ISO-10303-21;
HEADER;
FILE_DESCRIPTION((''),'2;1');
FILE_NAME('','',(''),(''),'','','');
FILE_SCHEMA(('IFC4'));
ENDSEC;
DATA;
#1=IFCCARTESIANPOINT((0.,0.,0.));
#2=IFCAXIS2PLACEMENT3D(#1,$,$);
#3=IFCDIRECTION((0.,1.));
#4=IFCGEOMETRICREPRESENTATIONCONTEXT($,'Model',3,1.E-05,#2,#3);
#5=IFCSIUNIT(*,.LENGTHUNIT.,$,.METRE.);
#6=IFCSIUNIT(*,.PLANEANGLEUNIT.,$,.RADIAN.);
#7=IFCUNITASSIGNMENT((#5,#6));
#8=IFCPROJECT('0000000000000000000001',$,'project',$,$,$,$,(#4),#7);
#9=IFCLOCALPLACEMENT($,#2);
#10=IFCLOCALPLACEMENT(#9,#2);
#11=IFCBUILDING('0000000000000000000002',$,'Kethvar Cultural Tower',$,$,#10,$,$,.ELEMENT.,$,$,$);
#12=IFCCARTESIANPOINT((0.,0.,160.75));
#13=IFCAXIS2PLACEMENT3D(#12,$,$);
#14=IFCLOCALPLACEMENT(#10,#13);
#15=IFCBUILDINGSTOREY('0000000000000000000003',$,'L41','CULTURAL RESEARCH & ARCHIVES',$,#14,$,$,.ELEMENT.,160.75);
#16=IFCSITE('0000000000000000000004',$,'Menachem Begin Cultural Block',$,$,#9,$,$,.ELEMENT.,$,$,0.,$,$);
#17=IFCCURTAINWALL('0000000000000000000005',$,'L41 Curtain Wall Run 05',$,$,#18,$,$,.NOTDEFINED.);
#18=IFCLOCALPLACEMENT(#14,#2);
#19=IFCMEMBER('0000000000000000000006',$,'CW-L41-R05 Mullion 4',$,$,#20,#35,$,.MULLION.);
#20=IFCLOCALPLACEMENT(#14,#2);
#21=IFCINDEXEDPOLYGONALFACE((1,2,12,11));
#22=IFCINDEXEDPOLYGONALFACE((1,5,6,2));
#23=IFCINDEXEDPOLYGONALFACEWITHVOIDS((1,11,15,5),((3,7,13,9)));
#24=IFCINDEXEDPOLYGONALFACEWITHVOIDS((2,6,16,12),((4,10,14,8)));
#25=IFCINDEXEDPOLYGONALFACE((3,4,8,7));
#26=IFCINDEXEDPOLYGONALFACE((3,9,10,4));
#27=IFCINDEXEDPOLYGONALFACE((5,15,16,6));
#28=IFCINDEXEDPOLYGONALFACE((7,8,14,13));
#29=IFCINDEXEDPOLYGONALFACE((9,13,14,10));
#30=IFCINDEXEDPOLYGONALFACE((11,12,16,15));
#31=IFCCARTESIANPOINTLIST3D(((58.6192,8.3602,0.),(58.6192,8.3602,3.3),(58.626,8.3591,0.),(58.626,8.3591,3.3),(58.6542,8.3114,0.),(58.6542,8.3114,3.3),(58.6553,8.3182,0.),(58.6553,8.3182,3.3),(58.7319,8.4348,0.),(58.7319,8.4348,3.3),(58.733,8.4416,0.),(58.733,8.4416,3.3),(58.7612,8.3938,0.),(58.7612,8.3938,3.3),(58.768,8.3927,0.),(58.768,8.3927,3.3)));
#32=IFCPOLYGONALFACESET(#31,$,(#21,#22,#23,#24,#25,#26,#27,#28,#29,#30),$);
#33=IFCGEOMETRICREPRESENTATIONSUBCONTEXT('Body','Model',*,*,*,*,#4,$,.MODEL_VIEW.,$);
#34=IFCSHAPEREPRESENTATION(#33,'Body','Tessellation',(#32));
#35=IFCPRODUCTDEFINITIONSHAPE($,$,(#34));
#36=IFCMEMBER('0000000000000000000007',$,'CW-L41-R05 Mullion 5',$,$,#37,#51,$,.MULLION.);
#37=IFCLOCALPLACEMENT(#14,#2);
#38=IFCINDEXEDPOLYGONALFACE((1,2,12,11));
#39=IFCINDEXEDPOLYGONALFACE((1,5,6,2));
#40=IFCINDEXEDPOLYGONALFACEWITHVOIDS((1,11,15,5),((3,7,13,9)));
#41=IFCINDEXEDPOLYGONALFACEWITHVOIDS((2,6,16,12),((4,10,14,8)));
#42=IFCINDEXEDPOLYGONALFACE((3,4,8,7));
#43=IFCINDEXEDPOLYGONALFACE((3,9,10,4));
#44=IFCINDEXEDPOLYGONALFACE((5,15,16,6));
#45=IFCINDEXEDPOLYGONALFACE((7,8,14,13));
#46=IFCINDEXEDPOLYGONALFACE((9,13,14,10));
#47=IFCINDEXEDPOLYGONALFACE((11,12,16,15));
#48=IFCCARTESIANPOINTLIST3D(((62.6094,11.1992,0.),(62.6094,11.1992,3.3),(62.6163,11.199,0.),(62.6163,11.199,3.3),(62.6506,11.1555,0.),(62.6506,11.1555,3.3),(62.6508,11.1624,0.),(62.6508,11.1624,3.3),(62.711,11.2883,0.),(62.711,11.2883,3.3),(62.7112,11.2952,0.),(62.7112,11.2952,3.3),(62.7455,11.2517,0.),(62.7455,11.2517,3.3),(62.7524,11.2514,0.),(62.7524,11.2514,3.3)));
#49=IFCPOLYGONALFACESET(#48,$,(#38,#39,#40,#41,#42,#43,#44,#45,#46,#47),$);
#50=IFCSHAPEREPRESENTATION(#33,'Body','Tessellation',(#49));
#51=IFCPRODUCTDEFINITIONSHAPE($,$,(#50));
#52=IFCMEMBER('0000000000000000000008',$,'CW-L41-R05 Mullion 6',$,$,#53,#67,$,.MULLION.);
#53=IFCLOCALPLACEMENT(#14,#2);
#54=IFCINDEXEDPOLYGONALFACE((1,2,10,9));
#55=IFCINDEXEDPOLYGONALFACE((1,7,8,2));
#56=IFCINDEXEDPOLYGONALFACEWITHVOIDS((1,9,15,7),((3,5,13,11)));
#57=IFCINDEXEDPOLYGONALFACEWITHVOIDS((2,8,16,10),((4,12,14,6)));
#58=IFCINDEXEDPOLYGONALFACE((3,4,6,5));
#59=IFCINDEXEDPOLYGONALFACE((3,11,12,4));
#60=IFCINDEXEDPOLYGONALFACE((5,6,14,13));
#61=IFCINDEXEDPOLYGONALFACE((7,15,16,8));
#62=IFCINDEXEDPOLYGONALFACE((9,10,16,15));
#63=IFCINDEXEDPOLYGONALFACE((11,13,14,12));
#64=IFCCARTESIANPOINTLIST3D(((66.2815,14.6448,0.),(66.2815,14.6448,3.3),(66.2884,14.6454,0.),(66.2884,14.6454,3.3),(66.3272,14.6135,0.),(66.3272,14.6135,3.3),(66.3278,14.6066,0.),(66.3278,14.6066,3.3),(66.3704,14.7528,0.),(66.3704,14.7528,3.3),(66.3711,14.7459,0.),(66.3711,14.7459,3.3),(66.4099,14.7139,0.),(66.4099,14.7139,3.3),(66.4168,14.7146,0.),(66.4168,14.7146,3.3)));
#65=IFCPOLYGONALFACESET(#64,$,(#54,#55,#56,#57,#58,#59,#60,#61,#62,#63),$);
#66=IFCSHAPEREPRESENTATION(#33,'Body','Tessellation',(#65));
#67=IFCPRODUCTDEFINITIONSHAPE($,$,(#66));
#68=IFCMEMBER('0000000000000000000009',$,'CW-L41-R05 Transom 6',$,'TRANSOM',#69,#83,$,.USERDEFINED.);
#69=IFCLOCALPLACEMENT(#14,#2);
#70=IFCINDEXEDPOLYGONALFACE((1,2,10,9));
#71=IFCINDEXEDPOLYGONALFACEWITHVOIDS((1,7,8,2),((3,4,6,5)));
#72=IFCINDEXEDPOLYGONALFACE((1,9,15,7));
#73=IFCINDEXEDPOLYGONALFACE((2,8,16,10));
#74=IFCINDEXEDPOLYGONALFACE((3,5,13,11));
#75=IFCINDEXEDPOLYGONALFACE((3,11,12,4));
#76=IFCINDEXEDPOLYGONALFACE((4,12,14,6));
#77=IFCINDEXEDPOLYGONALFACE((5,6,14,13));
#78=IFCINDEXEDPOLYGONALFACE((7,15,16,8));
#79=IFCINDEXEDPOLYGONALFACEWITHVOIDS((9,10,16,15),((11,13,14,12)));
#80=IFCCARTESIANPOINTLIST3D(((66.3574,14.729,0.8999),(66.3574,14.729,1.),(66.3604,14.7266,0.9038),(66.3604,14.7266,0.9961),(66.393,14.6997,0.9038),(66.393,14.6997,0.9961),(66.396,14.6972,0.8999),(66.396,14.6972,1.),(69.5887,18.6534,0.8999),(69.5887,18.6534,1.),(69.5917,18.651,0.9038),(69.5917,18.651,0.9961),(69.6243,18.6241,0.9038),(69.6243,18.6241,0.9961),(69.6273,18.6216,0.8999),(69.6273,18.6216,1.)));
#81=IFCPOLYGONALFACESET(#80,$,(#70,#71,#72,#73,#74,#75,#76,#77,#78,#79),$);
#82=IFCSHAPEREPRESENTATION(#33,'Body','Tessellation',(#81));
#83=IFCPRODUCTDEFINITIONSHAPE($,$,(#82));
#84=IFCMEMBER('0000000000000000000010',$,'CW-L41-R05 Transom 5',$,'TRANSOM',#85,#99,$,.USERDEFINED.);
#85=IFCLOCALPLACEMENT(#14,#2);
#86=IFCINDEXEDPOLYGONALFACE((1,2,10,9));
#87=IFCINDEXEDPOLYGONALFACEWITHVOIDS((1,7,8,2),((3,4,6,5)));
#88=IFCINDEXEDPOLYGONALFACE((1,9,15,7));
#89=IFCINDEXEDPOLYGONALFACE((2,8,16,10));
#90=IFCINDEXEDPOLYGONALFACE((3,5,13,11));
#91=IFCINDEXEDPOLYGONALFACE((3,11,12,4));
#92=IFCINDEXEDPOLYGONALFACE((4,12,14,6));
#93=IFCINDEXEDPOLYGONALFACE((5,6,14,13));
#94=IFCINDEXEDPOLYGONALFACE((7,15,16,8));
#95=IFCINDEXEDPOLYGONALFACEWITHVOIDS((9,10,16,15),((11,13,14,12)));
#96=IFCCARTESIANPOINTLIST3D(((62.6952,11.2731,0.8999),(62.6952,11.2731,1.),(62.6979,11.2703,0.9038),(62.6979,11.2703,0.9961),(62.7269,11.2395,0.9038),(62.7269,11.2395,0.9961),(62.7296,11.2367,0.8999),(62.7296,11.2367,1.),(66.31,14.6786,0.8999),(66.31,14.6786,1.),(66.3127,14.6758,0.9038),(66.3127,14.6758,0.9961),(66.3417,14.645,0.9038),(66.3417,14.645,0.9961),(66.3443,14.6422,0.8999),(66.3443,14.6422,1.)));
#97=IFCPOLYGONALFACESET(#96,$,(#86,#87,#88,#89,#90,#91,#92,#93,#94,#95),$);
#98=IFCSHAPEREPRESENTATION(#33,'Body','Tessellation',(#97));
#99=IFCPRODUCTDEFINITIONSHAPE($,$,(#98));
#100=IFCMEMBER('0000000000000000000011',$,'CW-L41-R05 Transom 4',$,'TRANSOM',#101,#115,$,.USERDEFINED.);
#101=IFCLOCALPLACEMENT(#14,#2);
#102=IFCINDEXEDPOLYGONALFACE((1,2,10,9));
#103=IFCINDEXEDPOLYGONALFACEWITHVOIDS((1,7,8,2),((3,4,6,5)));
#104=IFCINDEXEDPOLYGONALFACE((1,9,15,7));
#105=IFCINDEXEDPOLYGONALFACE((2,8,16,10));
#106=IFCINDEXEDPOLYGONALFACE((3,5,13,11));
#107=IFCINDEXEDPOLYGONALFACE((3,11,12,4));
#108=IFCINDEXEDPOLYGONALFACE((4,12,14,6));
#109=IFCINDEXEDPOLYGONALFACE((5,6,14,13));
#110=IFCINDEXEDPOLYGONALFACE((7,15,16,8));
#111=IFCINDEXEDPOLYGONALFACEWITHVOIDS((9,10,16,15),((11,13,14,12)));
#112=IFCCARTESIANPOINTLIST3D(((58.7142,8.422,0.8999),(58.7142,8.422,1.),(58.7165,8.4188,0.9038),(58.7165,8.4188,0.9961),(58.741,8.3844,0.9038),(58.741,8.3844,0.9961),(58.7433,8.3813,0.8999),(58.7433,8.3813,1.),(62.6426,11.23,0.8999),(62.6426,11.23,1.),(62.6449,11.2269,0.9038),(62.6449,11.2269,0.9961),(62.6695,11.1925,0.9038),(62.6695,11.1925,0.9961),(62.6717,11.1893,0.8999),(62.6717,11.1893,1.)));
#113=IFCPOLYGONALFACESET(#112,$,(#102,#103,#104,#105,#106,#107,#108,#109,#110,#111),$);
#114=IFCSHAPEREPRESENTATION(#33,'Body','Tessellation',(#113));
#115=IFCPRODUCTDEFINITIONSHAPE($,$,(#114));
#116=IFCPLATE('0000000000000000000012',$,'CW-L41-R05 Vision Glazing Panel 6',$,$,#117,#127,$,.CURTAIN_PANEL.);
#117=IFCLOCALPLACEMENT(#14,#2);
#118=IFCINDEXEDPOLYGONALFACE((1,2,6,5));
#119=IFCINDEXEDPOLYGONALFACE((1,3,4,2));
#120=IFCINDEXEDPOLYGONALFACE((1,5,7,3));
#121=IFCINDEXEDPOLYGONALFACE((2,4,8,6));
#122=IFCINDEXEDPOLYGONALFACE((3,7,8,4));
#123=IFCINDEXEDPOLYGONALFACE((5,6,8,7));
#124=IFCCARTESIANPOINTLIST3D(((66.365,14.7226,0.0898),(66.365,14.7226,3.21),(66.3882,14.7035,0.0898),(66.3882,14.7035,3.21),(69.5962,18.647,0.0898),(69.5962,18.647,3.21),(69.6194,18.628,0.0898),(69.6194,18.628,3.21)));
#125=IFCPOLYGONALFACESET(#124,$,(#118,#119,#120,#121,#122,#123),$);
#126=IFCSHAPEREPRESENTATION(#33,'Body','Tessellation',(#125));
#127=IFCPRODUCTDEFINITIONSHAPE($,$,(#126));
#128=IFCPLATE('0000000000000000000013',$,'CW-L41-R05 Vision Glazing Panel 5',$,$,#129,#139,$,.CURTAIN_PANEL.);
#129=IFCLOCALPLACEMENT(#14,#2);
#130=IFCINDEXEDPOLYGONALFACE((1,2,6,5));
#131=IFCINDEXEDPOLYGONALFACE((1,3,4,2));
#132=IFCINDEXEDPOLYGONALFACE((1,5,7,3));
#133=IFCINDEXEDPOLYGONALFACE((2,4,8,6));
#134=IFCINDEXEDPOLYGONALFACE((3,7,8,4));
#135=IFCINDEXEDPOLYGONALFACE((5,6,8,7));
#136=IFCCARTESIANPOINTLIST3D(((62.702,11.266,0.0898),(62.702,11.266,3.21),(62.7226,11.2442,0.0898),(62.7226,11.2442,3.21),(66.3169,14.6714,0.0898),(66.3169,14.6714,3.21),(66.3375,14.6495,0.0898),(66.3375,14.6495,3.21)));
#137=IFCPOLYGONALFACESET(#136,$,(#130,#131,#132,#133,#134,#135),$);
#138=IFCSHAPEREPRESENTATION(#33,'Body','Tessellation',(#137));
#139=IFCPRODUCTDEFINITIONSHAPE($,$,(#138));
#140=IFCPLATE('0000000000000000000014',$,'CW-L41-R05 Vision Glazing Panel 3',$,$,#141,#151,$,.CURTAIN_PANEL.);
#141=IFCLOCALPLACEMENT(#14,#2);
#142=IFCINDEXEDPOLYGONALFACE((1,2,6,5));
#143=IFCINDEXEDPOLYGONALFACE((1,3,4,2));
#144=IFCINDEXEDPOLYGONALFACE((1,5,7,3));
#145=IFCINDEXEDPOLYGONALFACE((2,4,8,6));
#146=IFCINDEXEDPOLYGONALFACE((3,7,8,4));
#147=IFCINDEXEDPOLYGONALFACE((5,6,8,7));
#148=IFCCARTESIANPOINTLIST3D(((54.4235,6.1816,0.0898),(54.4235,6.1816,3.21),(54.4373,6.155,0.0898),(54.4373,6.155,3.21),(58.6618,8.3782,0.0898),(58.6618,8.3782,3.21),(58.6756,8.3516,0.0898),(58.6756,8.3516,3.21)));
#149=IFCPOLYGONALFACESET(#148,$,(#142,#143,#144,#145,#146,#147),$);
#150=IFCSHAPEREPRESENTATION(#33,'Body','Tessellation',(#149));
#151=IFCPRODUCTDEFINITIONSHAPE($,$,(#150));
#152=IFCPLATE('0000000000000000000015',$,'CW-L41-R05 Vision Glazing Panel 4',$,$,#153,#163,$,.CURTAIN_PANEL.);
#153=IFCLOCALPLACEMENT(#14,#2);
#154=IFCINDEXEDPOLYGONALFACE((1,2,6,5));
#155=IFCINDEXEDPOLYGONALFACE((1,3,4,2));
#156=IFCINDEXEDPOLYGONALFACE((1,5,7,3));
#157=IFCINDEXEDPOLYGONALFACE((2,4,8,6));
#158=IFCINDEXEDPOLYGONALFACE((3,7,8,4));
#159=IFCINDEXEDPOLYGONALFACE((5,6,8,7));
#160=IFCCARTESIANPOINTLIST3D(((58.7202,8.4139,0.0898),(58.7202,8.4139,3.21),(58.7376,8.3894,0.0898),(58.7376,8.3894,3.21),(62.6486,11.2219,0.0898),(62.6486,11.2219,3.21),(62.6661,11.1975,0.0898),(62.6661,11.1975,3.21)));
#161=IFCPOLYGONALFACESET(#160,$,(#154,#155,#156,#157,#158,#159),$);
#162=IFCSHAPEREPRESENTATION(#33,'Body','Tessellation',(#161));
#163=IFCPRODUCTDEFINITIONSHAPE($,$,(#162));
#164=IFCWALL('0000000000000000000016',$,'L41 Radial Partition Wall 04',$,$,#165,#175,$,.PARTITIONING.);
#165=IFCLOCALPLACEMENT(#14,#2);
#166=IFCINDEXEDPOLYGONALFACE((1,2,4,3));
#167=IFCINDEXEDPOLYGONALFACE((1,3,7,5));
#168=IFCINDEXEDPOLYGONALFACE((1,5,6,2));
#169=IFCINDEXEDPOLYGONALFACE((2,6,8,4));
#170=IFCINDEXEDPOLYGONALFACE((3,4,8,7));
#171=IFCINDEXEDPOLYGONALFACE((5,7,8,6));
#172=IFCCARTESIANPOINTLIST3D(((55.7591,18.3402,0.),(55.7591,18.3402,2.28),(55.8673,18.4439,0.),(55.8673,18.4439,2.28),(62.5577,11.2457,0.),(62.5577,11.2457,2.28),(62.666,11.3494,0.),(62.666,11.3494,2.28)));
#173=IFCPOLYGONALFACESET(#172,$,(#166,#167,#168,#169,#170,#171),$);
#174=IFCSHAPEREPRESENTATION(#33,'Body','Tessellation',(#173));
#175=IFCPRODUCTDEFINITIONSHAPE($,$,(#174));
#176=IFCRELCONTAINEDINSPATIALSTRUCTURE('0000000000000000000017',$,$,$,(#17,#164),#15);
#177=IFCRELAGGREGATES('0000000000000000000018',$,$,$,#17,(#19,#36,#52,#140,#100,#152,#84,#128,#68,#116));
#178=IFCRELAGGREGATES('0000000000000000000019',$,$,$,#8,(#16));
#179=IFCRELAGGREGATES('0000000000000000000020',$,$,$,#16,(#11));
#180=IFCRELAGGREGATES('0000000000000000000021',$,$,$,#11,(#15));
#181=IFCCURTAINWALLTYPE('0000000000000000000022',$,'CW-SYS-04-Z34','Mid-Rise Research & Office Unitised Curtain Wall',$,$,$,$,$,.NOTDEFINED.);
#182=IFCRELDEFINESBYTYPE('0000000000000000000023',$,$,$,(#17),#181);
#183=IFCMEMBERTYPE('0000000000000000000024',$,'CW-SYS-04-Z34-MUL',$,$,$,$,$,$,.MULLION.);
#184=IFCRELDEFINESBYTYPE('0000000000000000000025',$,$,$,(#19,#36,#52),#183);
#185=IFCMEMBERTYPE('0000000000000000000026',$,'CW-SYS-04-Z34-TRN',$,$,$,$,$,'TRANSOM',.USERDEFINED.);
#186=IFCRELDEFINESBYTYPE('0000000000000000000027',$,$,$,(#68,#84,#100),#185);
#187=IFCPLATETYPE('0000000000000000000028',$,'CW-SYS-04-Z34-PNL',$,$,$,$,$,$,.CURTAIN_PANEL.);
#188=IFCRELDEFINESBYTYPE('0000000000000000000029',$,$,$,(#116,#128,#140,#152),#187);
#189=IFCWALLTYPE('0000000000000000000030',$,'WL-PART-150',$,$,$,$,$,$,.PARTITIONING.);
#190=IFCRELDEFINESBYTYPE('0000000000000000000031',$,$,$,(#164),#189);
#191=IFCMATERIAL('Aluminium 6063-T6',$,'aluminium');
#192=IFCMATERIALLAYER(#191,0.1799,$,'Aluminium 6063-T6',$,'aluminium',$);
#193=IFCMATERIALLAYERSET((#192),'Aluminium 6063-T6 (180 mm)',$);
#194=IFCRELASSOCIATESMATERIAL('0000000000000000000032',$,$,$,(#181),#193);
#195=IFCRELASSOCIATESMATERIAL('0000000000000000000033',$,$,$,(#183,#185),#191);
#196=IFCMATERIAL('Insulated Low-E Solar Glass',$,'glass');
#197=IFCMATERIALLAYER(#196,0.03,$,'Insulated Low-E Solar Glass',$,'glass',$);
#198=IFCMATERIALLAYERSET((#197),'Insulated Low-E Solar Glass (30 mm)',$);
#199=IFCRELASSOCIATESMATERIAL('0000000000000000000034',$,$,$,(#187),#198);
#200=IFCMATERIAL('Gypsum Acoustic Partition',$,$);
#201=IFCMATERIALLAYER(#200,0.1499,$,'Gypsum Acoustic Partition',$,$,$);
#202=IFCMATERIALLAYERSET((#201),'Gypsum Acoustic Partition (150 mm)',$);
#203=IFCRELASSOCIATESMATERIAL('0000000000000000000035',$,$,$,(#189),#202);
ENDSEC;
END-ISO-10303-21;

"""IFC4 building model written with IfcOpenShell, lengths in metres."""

from ifc_helpers import new_model, si_unit, direction, frame, frame_2d, origin, origin_2d, place, context, subcontext, project, spatial, rectangle, hollow_rectangle, extrude, source, transform, mapped, material, layer, layer_set, material_profile, profile_set, type_object, element, aggregate, save


model = new_model("IFC4")

# Units and contexts
model_context = context("Model", 3, precision=1e-05, world=origin(), true_north=direction((0.0, 1.0)))
body_context = subcontext(model_context, "Body", "Model", "MODEL_VIEW")
ifc_project = project(units=[si_unit("LENGTHUNIT", "METRE"), si_unit("PLANEANGLEUNIT", "RADIAN")], contexts=[model_context])

# Site, building, storey
site_placement = place(None, origin())
site = spatial("IfcSite", under=ifc_project, at=site_placement, Name="Menachem Begin Cultural Block", CompositionType="ELEMENT", RefElevation=0.0)
building_placement = place(site_placement, origin())
building = spatial("IfcBuilding", under=site, at=building_placement, Name="Kethvar Cultural Tower", CompositionType="ELEMENT")
storey_placement = place(building_placement, frame((0.0, 0.0, 160.75)))
storey = spatial("IfcBuildingStorey", under=building, at=storey_placement, Name="L41", Description="CULTURAL RESEARCH & ARCHIVES", CompositionType="ELEMENT", Elevation=160.75)

# Curtain wall, members, plates
ifc_material_1 = material(Name="Aluminium 6063-T6", Category="aluminium")
ifc_layer_1 = layer(ifc_material_1, 0.1799, Name="Aluminium 6063-T6", Category="aluminium")
ifc_layer_set_1 = layer_set([ifc_layer_1], Name="Aluminium 6063-T6 (180 mm)")
curtain_wall_type = type_object("IfcCurtainWallType", Name="CW-SYS-04-Z34", Description="Mid-Rise Research & Office Unitised Curtain Wall", PredefinedType="NOTDEFINED", material=ifc_layer_set_1)
curtain_wall_placement = place(storey_placement, origin())
curtain_wall = element("IfcCurtainWall", 1, at=curtain_wall_placement, inside=storey, type_object=curtain_wall_type, Name="L41 Curtain Wall Run 05", PredefinedType="NOTDEFINED")
ifc_material_profile_1 = material_profile(ifc_material_1, hollow_rectangle(XDim=0.0601, YDim=0.1399, WallThickness=0.0049, at=origin_2d()), Name="Aluminium 6063-T6 — RHS140x60x5")
ifc_profile_set_1 = profile_set([ifc_material_profile_1], Name="Aluminium 6063-T6 — RHS140x60x5")
member_type_1 = type_object("IfcMemberType", Name="CW-SYS-04-Z34-MUL", PredefinedType="MULLION", material=ifc_profile_set_1)
shared_shape_1 = source(origin(), body_context, "Body", "SweptSolid", [
    extrude(hollow_rectangle(XDim=0.0601, YDim=0.1399, WallThickness=0.0049, at=origin_2d()), origin(), (0.0, 0.0, 1.0), 3.3),
])
member_1_placement = place(storey_placement, frame((58.6936, 8.3765, 0.0), z_axis=(0.0, 0.0, 1.0), x_axis=(-0.581513, 0.813537, 0.0)))
member_1 = element("IfcMember", 2, at=member_1_placement, type_object=member_type_1, Name="CW-L41-R05 Mullion 4", PredefinedType="MULLION", context=body_context, shape_type="MappedRepresentation", body=[
    mapped(shared_shape_1, transform((0.0, 0.0, 0.0), scale=1.0)),
])
member_2_placement = place(storey_placement, frame((62.6809, 11.2253, 0.0), z_axis=(0.0, 0.0, 1.0), x_axis=(-0.685691, 0.727892, 0.0)))
member_2 = element("IfcMember", 3, at=member_2_placement, type_object=member_type_1, Name="CW-L41-R05 Mullion 5", PredefinedType="MULLION", context=body_context, shape_type="MappedRepresentation", body=[
    mapped(shared_shape_1, transform((0.0, 0.0, 0.0), scale=1.0)),
])
member_3_placement = place(storey_placement, frame((66.3491, 14.6797, 0.0), z_axis=(0.0, 0.0, 1.0), x_axis=(-0.771991, 0.635634, 0.0)))
member_3 = element("IfcMember", 4, at=member_3_placement, type_object=member_type_1, Name="CW-L41-R05 Mullion 6", PredefinedType="MULLION", context=body_context, shape_type="MappedRepresentation", body=[
    mapped(shared_shape_1, transform((0.0, 0.0, 0.0), scale=1.0)),
])
ifc_material_profile_2 = material_profile(ifc_material_1, hollow_rectangle(XDim=0.05, YDim=0.1001, WallThickness=0.0039, at=origin_2d()), Name="Aluminium 6063-T6 — RHS100x50x4")
ifc_profile_set_2 = profile_set([ifc_material_profile_2], Name="Aluminium 6063-T6 — RHS100x50x4")
member_type_2 = type_object("IfcMemberType", Name="CW-SYS-04-Z34-TRN", ElementType="TRANSOM", PredefinedType="USERDEFINED", material=ifc_profile_set_2)
shared_shape_2 = source(origin(), body_context, "Body", "SweptSolid", [
    extrude(hollow_rectangle(XDim=0.05, YDim=0.1001, WallThickness=0.0039, at=origin_2d()), origin(), (0.0, 0.0, 1.0), 5.0835),
])
member_4_placement = place(storey_placement, frame((66.3767, 14.7131, 0.95), z_axis=(0.635638, 0.771987, 0.0), x_axis=(-0.771987, 0.635638, 0.0)))
member_4 = element("IfcMember", 5, at=member_4_placement, type_object=member_type_2, Name="CW-L41-R05 Transom 6", ObjectType="TRANSOM", PredefinedType="USERDEFINED", context=body_context, shape_type="MappedRepresentation", body=[
    mapped(shared_shape_2, transform((0.0, 0.0, 0.0), scale=1.0)),
])
shared_shape_3 = source(origin(), body_context, "Body", "SweptSolid", [
    extrude(hollow_rectangle(XDim=0.05, YDim=0.1001, WallThickness=0.0039, at=origin_2d()), origin(), (0.0, 0.0, 1.0), 4.9663),
])
member_5_placement = place(storey_placement, frame((62.7124, 11.2549, 0.95), z_axis=(0.727858, 0.685728, 0.0), x_axis=(-0.685728, 0.727858, 0.0)))
member_5 = element("IfcMember", 6, at=member_5_placement, type_object=member_type_2, Name="CW-L41-R05 Transom 5", ObjectType="TRANSOM", PredefinedType="USERDEFINED", context=body_context, shape_type="MappedRepresentation", body=[
    mapped(shared_shape_3, transform((0.0, 0.0, 0.0), scale=1.0)),
])
shared_shape_4 = source(origin(), body_context, "Body", "SweptSolid", [
    extrude(hollow_rectangle(XDim=0.05, YDim=0.1001, WallThickness=0.0039, at=origin_2d()), origin(), (0.0, 0.0, 1.0), 4.8289),
])
member_6_placement = place(storey_placement, frame((58.7288, 8.4016, 0.95), z_axis=(0.813532, 0.58152, 0.0), x_axis=(-0.58152, 0.813532, 0.0)))
member_6 = element("IfcMember", 7, at=member_6_placement, type_object=member_type_2, Name="CW-L41-R05 Transom 4", ObjectType="TRANSOM", PredefinedType="USERDEFINED", context=body_context, shape_type="MappedRepresentation", body=[
    mapped(shared_shape_4, transform((0.0, 0.0, 0.0), scale=1.0)),
])
ifc_material_2 = material(Name="Insulated Low-E Solar Glass", Category="glass")
ifc_layer_2 = layer(ifc_material_2, 0.03, Name="Insulated Low-E Solar Glass", Category="glass")
ifc_layer_set_2 = layer_set([ifc_layer_2], Name="Insulated Low-E Solar Glass (30 mm)")
plate_type = type_object("IfcPlateType", Name="CW-SYS-04-Z34-PNL", PredefinedType="CURTAIN_PANEL", material=ifc_layer_set_2)
shared_shape_5 = source(origin(), body_context, "Body", "SweptSolid", [
    extrude(rectangle(XDim=5.0835, YDim=0.03, at=origin_2d()), origin(), (0.0, 0.0, 1.0), 3.1201),
])
plate_1_placement = place(storey_placement, frame((67.9922, 16.6753, 0.0898), z_axis=(0.0, 0.0, 1.0), x_axis=(0.635634, 0.771991, 0.0)))
plate_1 = element("IfcPlate", 8, at=plate_1_placement, type_object=plate_type, Name="CW-L41-R05 Vision Glazing Panel 6", PredefinedType="CURTAIN_PANEL", context=body_context, shape_type="MappedRepresentation", body=[
    mapped(shared_shape_5, transform((0.0, 0.0, 0.0), scale=1.0)),
])
shared_shape_6 = source(origin(), body_context, "Body", "SweptSolid", [
    extrude(rectangle(XDim=4.9663, YDim=0.03, at=origin_2d()), origin(), (0.0, 0.0, 1.0), 3.1201),
])
plate_2_placement = place(storey_placement, frame((64.5198, 12.9578, 0.0898), z_axis=(0.0, 0.0, 1.0), x_axis=(0.727892, 0.685691, 0.0)))
plate_2 = element("IfcPlate", 9, at=plate_2_placement, type_object=plate_type, Name="CW-L41-R05 Vision Glazing Panel 5", PredefinedType="CURTAIN_PANEL", context=body_context, shape_type="MappedRepresentation", body=[
    mapped(shared_shape_6, transform((0.0, 0.0, 0.0), scale=1.0)),
])
shared_shape_7 = source(origin(), body_context, "Body", "SweptSolid", [
    extrude(rectangle(XDim=4.7737, YDim=0.03, at=origin_2d()), origin(), (0.0, 0.0, 1.0), 3.1201),
])
plate_3_placement = place(storey_placement, frame((56.5496, 7.2666, 0.0898), z_axis=(0.0, 0.0, 1.0), x_axis=(0.887839, 0.460153, 0.0)))
plate_3 = element("IfcPlate", 10, at=plate_3_placement, type_object=plate_type, Name="CW-L41-R05 Vision Glazing Panel 3", PredefinedType="CURTAIN_PANEL", context=body_context, shape_type="MappedRepresentation", body=[
    mapped(shared_shape_7, transform((0.0, 0.0, 0.0), scale=1.0)),
])
shared_shape_8 = source(origin(), body_context, "Body", "SweptSolid", [
    extrude(rectangle(XDim=4.8289, YDim=0.03, at=origin_2d()), origin(), (0.0, 0.0, 1.0), 3.1201),
])
plate_4_placement = place(storey_placement, frame((60.6931, 9.8057, 0.0898), z_axis=(0.0, 0.0, 1.0), x_axis=(0.813537, 0.581513, 0.0)))
plate_4 = element("IfcPlate", 11, at=plate_4_placement, type_object=plate_type, Name="CW-L41-R05 Vision Glazing Panel 4", PredefinedType="CURTAIN_PANEL", context=body_context, shape_type="MappedRepresentation", body=[
    mapped(shared_shape_8, transform((0.0, 0.0, 0.0), scale=1.0)),
])
aggregate(curtain_wall, [member_1, member_2, member_3, plate_3, member_6, plate_4, member_5, plate_2, member_4, plate_1])

# Wall
ifc_material_3 = material(Name="Gypsum Acoustic Partition")
ifc_layer_3 = layer(ifc_material_3, 0.1499, Name="Gypsum Acoustic Partition")
ifc_layer_set_3 = layer_set([ifc_layer_3], Name="Gypsum Acoustic Partition (150 mm)")
wall_type = type_object("IfcWallType", Name="WL-PART-150", PredefinedType="PARTITIONING", material=ifc_layer_set_3)
wall_placement = place(storey_placement, frame((55.8132, 18.3921, 0.0), z_axis=(0.0, 0.0, 1.0), x_axis=(0.69189, -0.722003, 0.0)))
element("IfcWall", 12, at=wall_placement, inside=storey, type_object=wall_type, Name="L41 Radial Partition Wall 04", PredefinedType="PARTITIONING", context=body_context, shape_type="SweptSolid", body=[
    extrude(rectangle(XDim=9.8262, YDim=0.1499, at=frame_2d((4.9131, 0.0))), origin(), (0.0, 0.0, 1.0), 2.28),
])

save(model, "model.ifc")
